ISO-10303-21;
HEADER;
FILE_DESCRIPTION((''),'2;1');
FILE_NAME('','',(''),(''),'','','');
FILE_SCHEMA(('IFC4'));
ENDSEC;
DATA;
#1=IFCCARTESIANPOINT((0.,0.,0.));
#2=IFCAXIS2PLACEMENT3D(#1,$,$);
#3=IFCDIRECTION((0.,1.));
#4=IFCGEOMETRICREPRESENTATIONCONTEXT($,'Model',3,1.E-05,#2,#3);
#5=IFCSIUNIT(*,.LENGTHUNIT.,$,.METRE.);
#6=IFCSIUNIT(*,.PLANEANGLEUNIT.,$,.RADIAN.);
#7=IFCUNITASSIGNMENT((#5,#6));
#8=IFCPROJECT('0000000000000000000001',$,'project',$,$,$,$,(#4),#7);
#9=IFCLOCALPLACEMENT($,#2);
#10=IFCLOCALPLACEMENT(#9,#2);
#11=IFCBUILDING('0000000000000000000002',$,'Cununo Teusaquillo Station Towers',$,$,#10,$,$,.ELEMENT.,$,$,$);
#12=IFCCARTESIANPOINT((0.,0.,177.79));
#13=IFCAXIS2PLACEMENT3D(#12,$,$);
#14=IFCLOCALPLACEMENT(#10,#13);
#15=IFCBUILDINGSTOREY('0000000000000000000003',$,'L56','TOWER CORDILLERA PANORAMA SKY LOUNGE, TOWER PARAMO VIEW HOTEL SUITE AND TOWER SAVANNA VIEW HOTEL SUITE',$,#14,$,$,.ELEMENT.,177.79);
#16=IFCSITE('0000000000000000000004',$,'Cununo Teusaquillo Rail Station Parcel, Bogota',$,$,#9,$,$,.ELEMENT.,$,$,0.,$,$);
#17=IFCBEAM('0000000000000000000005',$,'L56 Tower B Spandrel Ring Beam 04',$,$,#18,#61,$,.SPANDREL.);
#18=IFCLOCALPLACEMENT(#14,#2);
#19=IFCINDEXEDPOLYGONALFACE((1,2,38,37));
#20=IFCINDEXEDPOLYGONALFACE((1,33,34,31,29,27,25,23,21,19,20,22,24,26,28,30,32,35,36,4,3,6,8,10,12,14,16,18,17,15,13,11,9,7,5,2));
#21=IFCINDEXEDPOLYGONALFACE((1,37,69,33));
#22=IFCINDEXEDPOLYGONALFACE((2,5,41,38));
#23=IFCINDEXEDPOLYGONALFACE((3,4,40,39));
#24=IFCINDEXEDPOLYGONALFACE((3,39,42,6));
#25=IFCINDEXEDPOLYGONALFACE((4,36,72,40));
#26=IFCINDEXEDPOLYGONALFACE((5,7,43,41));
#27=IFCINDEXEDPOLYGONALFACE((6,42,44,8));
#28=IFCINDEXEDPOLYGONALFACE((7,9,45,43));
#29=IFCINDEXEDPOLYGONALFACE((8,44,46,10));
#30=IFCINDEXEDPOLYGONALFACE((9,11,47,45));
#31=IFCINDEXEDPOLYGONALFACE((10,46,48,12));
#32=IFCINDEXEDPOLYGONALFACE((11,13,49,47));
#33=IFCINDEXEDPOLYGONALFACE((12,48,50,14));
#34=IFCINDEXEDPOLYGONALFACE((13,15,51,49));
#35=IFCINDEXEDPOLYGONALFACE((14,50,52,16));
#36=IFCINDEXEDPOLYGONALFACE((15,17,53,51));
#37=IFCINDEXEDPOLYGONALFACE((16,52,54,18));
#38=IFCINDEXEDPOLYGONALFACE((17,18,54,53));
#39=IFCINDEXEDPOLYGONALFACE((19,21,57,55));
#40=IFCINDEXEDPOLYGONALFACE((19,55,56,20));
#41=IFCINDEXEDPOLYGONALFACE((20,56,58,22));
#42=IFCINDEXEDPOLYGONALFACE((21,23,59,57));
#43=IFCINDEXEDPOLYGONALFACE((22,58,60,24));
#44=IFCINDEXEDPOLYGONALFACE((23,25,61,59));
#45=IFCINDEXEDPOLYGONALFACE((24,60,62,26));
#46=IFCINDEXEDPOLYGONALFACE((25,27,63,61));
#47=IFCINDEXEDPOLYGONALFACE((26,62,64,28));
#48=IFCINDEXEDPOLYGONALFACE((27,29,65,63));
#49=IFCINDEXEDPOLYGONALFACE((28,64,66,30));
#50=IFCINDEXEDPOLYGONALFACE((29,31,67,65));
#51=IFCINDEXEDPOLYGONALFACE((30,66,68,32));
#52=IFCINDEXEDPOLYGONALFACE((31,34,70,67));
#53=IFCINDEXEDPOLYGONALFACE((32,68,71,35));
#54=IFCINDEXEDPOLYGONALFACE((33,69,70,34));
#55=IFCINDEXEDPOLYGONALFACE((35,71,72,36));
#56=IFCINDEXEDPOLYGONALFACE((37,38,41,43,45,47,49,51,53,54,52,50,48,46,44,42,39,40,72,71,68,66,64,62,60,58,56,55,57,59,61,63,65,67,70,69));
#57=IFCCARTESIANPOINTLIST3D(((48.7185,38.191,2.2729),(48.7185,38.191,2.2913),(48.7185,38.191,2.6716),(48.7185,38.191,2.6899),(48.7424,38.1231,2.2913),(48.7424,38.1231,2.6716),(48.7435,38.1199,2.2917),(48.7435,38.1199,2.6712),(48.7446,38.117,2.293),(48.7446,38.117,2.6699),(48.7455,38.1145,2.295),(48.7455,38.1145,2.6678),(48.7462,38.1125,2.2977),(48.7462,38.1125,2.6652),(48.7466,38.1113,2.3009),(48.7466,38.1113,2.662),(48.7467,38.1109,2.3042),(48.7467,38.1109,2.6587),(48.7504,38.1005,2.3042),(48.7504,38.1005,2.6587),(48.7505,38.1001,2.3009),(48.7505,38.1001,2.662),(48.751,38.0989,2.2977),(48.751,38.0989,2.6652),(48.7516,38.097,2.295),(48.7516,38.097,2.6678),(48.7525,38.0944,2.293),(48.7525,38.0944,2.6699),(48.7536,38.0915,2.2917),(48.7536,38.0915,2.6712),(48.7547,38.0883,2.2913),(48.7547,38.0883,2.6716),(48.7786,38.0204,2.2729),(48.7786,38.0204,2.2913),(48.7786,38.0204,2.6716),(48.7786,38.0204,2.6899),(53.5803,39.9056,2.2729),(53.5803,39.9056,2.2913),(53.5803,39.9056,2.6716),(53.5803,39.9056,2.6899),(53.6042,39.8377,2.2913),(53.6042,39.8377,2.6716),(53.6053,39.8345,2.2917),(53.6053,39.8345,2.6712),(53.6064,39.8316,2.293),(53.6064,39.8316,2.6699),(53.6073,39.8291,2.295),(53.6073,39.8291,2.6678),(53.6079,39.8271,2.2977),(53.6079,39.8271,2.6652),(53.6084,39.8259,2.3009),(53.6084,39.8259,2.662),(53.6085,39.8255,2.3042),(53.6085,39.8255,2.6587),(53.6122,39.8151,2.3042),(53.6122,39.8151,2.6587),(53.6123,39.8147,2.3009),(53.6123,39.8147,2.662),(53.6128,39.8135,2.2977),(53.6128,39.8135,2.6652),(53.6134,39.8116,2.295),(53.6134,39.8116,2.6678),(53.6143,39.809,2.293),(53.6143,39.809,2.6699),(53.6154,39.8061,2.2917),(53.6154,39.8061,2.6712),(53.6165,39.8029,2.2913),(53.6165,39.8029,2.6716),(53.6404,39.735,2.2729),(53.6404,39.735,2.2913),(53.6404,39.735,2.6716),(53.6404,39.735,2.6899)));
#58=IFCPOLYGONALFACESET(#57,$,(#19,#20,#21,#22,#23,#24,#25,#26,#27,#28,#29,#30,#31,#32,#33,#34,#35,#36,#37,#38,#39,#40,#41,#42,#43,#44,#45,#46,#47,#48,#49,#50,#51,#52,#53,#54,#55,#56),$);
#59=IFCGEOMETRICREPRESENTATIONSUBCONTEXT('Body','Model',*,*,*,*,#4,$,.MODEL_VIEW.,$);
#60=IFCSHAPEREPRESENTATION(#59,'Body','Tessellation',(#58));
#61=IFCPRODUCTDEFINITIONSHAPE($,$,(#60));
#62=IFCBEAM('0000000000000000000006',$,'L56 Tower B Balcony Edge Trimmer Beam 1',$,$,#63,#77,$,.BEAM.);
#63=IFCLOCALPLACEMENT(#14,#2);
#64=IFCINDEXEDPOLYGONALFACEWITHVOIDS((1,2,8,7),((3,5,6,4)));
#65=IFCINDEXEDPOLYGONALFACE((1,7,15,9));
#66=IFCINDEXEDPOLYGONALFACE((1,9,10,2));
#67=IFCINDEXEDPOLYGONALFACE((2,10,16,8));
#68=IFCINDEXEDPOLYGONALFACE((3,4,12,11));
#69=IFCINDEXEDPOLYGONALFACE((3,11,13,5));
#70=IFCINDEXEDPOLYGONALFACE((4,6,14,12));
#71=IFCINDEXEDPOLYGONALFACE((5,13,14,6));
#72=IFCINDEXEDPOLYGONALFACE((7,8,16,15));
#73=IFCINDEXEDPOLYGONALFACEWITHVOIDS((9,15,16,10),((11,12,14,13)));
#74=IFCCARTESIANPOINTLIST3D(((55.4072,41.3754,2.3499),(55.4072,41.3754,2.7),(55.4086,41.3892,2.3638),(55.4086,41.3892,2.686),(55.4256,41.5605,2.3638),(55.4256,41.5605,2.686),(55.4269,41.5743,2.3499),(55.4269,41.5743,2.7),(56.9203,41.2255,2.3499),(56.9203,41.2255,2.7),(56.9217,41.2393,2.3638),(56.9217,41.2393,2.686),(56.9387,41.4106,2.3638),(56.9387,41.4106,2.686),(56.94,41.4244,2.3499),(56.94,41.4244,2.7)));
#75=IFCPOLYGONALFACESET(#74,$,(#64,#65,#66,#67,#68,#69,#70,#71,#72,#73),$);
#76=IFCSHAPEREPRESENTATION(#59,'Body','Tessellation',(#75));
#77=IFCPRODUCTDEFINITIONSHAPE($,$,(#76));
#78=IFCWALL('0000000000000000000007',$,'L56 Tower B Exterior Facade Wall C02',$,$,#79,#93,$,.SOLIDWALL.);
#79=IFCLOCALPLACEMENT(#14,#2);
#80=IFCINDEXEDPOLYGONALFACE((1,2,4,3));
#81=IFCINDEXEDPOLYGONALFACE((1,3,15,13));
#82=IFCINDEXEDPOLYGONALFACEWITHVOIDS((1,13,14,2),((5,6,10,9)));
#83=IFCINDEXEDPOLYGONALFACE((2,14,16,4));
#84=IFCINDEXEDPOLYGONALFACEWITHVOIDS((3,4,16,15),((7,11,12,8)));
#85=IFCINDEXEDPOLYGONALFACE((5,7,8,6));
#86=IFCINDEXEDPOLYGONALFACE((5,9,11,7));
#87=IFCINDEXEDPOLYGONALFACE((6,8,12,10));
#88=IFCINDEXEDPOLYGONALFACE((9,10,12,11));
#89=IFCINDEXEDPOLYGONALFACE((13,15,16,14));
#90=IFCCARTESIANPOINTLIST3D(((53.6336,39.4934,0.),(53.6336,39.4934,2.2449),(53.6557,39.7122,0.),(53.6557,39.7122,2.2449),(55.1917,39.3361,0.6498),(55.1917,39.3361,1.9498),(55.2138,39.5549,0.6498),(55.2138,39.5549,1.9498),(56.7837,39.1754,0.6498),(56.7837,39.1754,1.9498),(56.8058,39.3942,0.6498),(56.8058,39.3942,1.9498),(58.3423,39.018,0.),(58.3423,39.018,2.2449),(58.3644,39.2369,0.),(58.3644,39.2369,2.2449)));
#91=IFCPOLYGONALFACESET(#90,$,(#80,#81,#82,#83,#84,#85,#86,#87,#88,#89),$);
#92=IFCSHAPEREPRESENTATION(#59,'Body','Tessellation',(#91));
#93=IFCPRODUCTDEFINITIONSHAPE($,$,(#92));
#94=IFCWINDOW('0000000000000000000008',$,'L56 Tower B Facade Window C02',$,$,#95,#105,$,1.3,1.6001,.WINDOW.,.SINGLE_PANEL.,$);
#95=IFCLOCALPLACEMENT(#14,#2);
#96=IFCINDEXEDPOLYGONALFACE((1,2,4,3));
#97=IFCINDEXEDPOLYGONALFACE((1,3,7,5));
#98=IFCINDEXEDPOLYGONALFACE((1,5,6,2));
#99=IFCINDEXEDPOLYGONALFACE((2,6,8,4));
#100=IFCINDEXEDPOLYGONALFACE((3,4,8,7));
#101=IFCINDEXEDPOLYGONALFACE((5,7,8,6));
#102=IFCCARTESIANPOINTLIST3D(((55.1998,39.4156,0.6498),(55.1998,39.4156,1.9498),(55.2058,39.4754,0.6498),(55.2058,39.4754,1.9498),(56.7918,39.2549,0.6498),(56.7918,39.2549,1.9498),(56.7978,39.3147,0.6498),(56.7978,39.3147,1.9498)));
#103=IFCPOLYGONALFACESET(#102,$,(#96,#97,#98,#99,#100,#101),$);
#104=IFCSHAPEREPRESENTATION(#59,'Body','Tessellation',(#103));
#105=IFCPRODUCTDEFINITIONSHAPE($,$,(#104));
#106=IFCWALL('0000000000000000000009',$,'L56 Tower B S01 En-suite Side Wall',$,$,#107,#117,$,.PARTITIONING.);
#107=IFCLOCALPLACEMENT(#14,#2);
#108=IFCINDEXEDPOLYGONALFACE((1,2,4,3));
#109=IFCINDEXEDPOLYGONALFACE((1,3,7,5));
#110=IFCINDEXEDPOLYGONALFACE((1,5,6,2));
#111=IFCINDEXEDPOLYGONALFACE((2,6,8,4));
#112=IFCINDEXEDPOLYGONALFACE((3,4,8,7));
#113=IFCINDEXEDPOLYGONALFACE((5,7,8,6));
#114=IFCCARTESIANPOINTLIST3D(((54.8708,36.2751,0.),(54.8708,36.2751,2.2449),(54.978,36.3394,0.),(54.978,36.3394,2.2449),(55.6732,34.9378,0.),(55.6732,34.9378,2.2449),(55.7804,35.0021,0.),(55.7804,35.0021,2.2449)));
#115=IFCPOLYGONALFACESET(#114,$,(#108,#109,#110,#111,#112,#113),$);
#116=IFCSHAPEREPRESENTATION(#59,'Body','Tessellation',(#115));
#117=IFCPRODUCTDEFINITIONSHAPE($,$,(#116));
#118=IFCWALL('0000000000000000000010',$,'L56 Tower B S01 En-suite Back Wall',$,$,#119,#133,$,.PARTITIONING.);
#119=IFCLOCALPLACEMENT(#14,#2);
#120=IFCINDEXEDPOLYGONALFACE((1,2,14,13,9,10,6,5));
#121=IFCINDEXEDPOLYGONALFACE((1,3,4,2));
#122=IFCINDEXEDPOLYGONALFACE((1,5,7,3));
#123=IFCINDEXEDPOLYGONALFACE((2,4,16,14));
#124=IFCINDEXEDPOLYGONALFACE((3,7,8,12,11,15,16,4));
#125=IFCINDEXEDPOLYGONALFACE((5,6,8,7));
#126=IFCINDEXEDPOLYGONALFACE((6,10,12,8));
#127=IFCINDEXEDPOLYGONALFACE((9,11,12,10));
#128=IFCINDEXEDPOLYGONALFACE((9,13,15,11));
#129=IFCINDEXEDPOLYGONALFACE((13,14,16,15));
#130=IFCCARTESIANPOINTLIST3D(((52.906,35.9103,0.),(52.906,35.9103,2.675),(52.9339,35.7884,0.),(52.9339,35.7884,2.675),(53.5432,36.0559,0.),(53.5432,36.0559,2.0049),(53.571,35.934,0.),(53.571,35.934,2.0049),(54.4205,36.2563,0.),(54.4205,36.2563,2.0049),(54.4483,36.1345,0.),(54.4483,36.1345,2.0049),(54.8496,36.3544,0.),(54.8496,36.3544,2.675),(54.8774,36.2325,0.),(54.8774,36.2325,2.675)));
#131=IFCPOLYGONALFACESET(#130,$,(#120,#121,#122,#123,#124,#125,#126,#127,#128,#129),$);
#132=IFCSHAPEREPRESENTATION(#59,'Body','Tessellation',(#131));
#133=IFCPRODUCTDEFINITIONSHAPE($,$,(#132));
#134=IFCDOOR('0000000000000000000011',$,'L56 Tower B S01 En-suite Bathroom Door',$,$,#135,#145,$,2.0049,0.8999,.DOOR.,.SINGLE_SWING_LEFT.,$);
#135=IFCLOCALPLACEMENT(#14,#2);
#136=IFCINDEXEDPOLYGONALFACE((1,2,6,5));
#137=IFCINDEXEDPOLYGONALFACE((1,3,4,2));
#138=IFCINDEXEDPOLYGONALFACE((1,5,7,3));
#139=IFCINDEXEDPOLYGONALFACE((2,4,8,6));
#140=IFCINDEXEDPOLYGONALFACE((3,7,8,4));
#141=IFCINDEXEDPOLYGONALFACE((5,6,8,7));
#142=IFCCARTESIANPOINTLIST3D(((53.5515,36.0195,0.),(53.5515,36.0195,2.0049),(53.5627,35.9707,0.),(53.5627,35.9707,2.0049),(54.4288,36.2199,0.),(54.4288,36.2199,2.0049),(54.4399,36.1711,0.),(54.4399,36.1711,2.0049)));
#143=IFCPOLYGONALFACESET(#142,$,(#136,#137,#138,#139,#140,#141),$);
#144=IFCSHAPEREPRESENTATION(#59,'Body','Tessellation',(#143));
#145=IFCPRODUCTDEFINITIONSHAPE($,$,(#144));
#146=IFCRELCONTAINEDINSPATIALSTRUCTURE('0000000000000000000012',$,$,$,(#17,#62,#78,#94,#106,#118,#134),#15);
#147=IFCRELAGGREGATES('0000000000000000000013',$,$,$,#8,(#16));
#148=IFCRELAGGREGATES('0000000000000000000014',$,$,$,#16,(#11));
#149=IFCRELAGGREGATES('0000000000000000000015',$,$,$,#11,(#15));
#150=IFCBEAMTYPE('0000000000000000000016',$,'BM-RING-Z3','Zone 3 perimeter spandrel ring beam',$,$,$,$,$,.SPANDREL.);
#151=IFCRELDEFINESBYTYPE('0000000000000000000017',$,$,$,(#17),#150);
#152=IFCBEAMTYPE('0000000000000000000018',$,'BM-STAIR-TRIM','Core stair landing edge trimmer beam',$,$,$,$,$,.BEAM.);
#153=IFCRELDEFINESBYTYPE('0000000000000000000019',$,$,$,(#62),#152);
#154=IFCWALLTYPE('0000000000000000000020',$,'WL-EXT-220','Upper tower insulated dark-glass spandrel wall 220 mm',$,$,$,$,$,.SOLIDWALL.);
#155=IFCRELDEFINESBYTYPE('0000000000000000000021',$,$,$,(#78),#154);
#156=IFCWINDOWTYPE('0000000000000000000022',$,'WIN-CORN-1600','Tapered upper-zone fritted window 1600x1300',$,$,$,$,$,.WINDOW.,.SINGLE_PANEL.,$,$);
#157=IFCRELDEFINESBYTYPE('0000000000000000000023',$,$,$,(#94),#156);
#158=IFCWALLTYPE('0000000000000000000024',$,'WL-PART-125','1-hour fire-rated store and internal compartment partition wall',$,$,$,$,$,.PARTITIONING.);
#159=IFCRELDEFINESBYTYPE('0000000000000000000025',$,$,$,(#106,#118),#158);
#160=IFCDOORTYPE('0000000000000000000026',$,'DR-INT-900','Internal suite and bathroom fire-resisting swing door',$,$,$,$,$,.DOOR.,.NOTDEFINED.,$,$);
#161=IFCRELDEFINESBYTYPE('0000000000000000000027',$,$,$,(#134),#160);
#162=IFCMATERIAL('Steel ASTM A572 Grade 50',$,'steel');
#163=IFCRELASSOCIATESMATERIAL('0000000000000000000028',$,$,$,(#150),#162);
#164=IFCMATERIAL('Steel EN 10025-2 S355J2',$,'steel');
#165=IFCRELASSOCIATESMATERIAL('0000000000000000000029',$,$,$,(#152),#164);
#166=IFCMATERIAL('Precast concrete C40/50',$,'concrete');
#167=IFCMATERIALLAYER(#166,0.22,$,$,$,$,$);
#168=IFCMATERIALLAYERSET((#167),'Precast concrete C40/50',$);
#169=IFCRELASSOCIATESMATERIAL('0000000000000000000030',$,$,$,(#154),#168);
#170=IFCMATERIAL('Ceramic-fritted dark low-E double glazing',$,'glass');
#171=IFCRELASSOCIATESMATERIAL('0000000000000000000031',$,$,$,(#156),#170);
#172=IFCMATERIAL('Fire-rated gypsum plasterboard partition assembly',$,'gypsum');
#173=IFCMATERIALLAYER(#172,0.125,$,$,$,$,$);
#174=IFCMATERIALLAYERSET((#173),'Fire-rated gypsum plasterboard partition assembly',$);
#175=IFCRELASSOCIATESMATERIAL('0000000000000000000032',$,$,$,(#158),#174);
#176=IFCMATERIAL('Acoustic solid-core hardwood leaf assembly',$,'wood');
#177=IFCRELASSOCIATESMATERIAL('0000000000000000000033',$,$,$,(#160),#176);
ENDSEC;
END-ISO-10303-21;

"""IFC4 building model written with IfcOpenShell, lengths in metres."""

from ifc_helpers import new_model, si_unit, direction, frame, frame_2d, origin, origin_2d, place, context, subcontext, project, spatial, rectangle, hollow_rectangle, i_section, extrude, source, transform, mapped, material, layer, layer_set, material_profile, profile_set, type_object, element, fill, save


model = new_model("IFC4")

# Units and contexts
model_context = context("Model", 3, precision=1e-05, world=origin(), true_north=direction((0.0, 1.0)))
body_context = subcontext(model_context, "Body", "Model", "MODEL_VIEW")
ifc_project = project(units=[si_unit("LENGTHUNIT", "METRE"), si_unit("PLANEANGLEUNIT", "RADIAN")], contexts=[model_context])

# Site, building, storey
site_placement = place(None, origin())
site = spatial("IfcSite", under=ifc_project, at=site_placement, Name="Cununo Teusaquillo Rail Station Parcel, Bogota", CompositionType="ELEMENT", RefElevation=0.0)
building_placement = place(site_placement, origin())
building = spatial("IfcBuilding", under=site, at=building_placement, Name="Cununo Teusaquillo Station Towers", CompositionType="ELEMENT")
storey_placement = place(building_placement, frame((0.0, 0.0, 177.79)))
storey = spatial("IfcBuildingStorey", under=building, at=storey_placement, Name="L56", Description="TOWER CORDILLERA PANORAMA SKY LOUNGE, TOWER PARAMO VIEW HOTEL SUITE AND TOWER SAVANNA VIEW HOTEL SUITE", CompositionType="ELEMENT", Elevation=177.79)

# Beams
ifc_material_1 = material(Name="Steel ASTM A572 Grade 50", Category="steel")
ifc_material_profile_1 = material_profile(ifc_material_1, i_section(OverallWidth=0.1809, OverallDepth=0.417, WebThickness=0.011, FlangeThickness=0.0183, FilletRadius=0.0129, at=origin_2d()), Name="W16X57")
ifc_profile_set_1 = profile_set([ifc_material_profile_1], Name="Steel ASTM A572 Grade 50")
beam_type_1 = type_object("IfcBeamType", Name="BM-RING-Z3", Description="Zone 3 perimeter spandrel ring beam", PredefinedType="SPANDREL", material=ifc_profile_set_1)
beam_1_placement = place(storey_placement, frame((53.6104, 39.8203, 2.4814), z_axis=(-0.943072, -0.33259, 0.0), x_axis=(0.33259, -0.943072, 0.0)))
element("IfcBeam", 1, at=beam_1_placement, inside=storey, type_object=beam_type_1, Name="L56 Tower B Spandrel Ring Beam 04", PredefinedType="SPANDREL", context=body_context, shape_type="SweptSolid", body=[
    extrude(i_section(OverallWidth=0.1809, OverallDepth=0.417, WebThickness=0.011, FlangeThickness=0.0183, FilletRadius=0.0129, at=origin_2d()), origin(), (0.0, 0.0, 1.0), 5.1553),
])
ifc_material_2 = material(Name="Steel EN 10025-2 S355J2", Category="steel")
ifc_material_profile_2 = material_profile(ifc_material_2, hollow_rectangle(XDim=0.2, YDim=0.3501, WallThickness=0.0139, at=origin_2d()), Name="RHS 350x200x14")
ifc_profile_set_2 = profile_set([ifc_material_profile_2], Name="Steel EN 10025-2 S355J2")
beam_type_2 = type_object("IfcBeamType", Name="BM-STAIR-TRIM", Description="Core stair landing edge trimmer beam", PredefinedType="BEAM", material=ifc_profile_set_2)
beam_2_placement = place(storey_placement, frame((56.9302, 41.325, 2.5249), z_axis=(-0.995129, 0.098582, 0.0), x_axis=(-0.098582, -0.995129, 0.0)))
element("IfcBeam", 2, at=beam_2_placement, inside=storey, type_object=beam_type_2, Name="L56 Tower B Balcony Edge Trimmer Beam 1", PredefinedType="BEAM", context=body_context, shape_type="SweptSolid", body=[
    extrude(hollow_rectangle(XDim=0.2, YDim=0.3501, WallThickness=0.0139, at=origin_2d()), origin(), (0.0, 0.0, 1.0), 1.5205),
])

# Wall, opening, window
ifc_material_3 = material(Name="Precast concrete C40/50", Category="concrete")
ifc_layer_1 = layer(ifc_material_3, 0.22)
ifc_layer_set_1 = layer_set([ifc_layer_1], Name="Precast concrete C40/50")
wall_type_1 = type_object("IfcWallType", Name="WL-EXT-220", Description="Upper tower insulated dark-glass spandrel wall 220 mm", PredefinedType="SOLIDWALL", material=ifc_layer_set_1)
wall_1_placement = place(storey_placement, frame((53.6448, 39.6028, 0.0), z_axis=(0.0, 0.0, 1.0), x_axis=(0.994943, -0.100438, 0.0)))
wall_1 = element("IfcWall", 3, at=wall_1_placement, inside=storey, type_object=wall_type_1, Name="L56 Tower B Exterior Facade Wall C02", PredefinedType="SOLIDWALL", context=body_context, shape_type="SweptSolid", body=[
    extrude(rectangle(XDim=4.7327, YDim=0.22, at=frame_2d((2.3662, 0.0))), origin(), (0.0, 0.0, 1.0), 2.2449),
])
shared_shape_1 = source(origin(), body_context, "Body", "SweptSolid", [
    extrude(rectangle(XDim=1.6001, YDim=1.3, at=frame_2d((0.8, 0.6499))), frame((0.0, 0.1199, 0.0), z_axis=(0.0, -1.0, 0.0), x_axis=(1.0, 0.0, 0.0)), (0.0, 0.0, 1.0), 0.24),
])
opening_1_placement = place(wall_1_placement, frame((1.5659, 0.0, 0.6499)))
opening_1 = element("IfcOpeningElement", 4, at=opening_1_placement, cuts=wall_1, PredefinedType="OPENING", context=body_context, shape_type="MappedRepresentation", body=[
    mapped(shared_shape_1, transform((0.0, 0.0, 0.0), x_axis=(1.0, 0.0, 0.0), y_axis=(0.0, 1.0, 0.0), z_axis=(0.0, 0.0, 1.0), scale=1.0)),
])
ifc_material_4 = material(Name="Ceramic-fritted dark low-E double glazing", Category="glass")
window_type = type_object("IfcWindowType", Name="WIN-CORN-1600", Description="Tapered upper-zone fritted window 1600x1300", PartitioningType="SINGLE_PANEL", PredefinedType="WINDOW", material=ifc_material_4)
shared_shape_2 = source(origin(), body_context, "Body", "SweptSolid", [
    extrude(rectangle(XDim=1.6001, YDim=1.3, at=frame_2d((0.8, 0.6499))), frame((0.0, 0.03, 0.0), z_axis=(0.0, -1.0, 0.0), x_axis=(1.0, 0.0, 0.0)), (0.0, 0.0, 1.0), 0.0601),
])
window_placement = place(opening_1_placement, origin())
window = element("IfcWindow", 5, at=window_placement, inside=storey, type_object=window_type, Name="L56 Tower B Facade Window C02", OverallHeight=1.3, OverallWidth=1.6001, PartitioningType="SINGLE_PANEL", PredefinedType="WINDOW", context=body_context, shape_type="MappedRepresentation", body=[
    mapped(shared_shape_2, transform((0.0, 0.0, 0.0), x_axis=(1.0, 0.0, 0.0), y_axis=(0.0, 1.0, 0.0), z_axis=(0.0, 0.0, 1.0), scale=1.0)),
])
fill(opening_1, window)

# Wall
ifc_material_5 = material(Name="Fire-rated gypsum plasterboard partition assembly", Category="gypsum")
ifc_layer_2 = layer(ifc_material_5, 0.125)
ifc_layer_set_2 = layer_set([ifc_layer_2], Name="Fire-rated gypsum plasterboard partition assembly")
wall_type_2 = type_object("IfcWallType", Name="WL-PART-125", Description="1-hour fire-rated store and internal compartment partition wall", PredefinedType="PARTITIONING", material=ifc_layer_set_2)
wall_2_placement = place(storey_placement, frame((55.7268, 34.97, 0.0), z_axis=(0.0, 0.0, 1.0), x_axis=(-0.514519, 0.857479, 0.0)))
element("IfcWall", 6, at=wall_2_placement, inside=storey, type_object=wall_type_2, Name="L56 Tower B S01 En-suite Side Wall", PredefinedType="PARTITIONING", context=body_context, shape_type="SweptSolid", body=[
    extrude(rectangle(XDim=1.5596, YDim=0.125, at=frame_2d((0.7798, 0.0))), origin(), (0.0, 0.0, 1.0), 2.2449),
])

# Wall, opening, door
wall_3_placement = place(storey_placement, frame((54.8635, 36.2935, 0.0), z_axis=(0.0, 0.0, 1.0), x_axis=(-0.974876, -0.222748, 0.0)))
wall_3 = element("IfcWall", 7, at=wall_3_placement, inside=storey, type_object=wall_type_2, Name="L56 Tower B S01 En-suite Back Wall", PredefinedType="PARTITIONING", context=body_context, shape_type="SweptSolid", body=[
    extrude(rectangle(XDim=1.9937, YDim=0.125, at=frame_2d((0.9968, 0.0))), origin(), (0.0, 0.0, 1.0), 2.675),
])
shared_shape_3 = source(origin(), body_context, "Body", "SweptSolid", [
    extrude(rectangle(XDim=0.8999, YDim=2.0049, at=frame_2d((0.45, 1.0024))), frame((0.0, 0.0725, 0.0), z_axis=(0.0, -1.0, 0.0), x_axis=(1.0, 0.0, 0.0)), (0.0, 0.0, 1.0), 0.145),
])
opening_2_placement = place(wall_3_placement, frame((0.4402, 0.0, 0.0)))
opening_2 = element("IfcOpeningElement", 8, at=opening_2_placement, cuts=wall_3, PredefinedType="OPENING", context=body_context, shape_type="MappedRepresentation", body=[
    mapped(shared_shape_3, transform((0.0, 0.0, 0.0), x_axis=(1.0, 0.0, 0.0), y_axis=(0.0, 1.0, 0.0), z_axis=(0.0, 0.0, 1.0), scale=1.0)),
])
ifc_material_6 = material(Name="Acoustic solid-core hardwood leaf assembly", Category="wood")
door_type_1 = type_object("IfcDoorType", Name="DR-INT-900", Description="Internal suite and bathroom fire-resisting swing door", OperationType="NOTDEFINED", PredefinedType="DOOR", material=ifc_material_6)
shared_shape_4 = source(origin(), body_context, "Body", "SweptSolid", [
    extrude(rectangle(XDim=0.8999, YDim=2.0049, at=frame_2d((0.45, 1.0024))), frame((0.0, 0.0249, 0.0), z_axis=(0.0, -1.0, 0.0), x_axis=(1.0, 0.0, 0.0)), (0.0, 0.0, 1.0), 0.05),
])
door_1_placement = place(opening_2_placement, origin())
door_1 = element("IfcDoor", 9, at=door_1_placement, inside=storey, type_object=door_type_1, Name="L56 Tower B S01 En-suite Bathroom Door", OperationType="SINGLE_SWING_LEFT", OverallHeight=2.0049, OverallWidth=0.8999, PredefinedType="DOOR", context=body_context, shape_type="MappedRepresentation", body=[
    mapped(shared_shape_4, transform((0.0, 0.0, 0.0), x_axis=(1.0, 0.0, 0.0), y_axis=(0.0, 1.0, 0.0), z_axis=(0.0, 0.0, 1.0), scale=1.0)),
])
fill(opening_2, door_1)

save(model, "model.ifc")
